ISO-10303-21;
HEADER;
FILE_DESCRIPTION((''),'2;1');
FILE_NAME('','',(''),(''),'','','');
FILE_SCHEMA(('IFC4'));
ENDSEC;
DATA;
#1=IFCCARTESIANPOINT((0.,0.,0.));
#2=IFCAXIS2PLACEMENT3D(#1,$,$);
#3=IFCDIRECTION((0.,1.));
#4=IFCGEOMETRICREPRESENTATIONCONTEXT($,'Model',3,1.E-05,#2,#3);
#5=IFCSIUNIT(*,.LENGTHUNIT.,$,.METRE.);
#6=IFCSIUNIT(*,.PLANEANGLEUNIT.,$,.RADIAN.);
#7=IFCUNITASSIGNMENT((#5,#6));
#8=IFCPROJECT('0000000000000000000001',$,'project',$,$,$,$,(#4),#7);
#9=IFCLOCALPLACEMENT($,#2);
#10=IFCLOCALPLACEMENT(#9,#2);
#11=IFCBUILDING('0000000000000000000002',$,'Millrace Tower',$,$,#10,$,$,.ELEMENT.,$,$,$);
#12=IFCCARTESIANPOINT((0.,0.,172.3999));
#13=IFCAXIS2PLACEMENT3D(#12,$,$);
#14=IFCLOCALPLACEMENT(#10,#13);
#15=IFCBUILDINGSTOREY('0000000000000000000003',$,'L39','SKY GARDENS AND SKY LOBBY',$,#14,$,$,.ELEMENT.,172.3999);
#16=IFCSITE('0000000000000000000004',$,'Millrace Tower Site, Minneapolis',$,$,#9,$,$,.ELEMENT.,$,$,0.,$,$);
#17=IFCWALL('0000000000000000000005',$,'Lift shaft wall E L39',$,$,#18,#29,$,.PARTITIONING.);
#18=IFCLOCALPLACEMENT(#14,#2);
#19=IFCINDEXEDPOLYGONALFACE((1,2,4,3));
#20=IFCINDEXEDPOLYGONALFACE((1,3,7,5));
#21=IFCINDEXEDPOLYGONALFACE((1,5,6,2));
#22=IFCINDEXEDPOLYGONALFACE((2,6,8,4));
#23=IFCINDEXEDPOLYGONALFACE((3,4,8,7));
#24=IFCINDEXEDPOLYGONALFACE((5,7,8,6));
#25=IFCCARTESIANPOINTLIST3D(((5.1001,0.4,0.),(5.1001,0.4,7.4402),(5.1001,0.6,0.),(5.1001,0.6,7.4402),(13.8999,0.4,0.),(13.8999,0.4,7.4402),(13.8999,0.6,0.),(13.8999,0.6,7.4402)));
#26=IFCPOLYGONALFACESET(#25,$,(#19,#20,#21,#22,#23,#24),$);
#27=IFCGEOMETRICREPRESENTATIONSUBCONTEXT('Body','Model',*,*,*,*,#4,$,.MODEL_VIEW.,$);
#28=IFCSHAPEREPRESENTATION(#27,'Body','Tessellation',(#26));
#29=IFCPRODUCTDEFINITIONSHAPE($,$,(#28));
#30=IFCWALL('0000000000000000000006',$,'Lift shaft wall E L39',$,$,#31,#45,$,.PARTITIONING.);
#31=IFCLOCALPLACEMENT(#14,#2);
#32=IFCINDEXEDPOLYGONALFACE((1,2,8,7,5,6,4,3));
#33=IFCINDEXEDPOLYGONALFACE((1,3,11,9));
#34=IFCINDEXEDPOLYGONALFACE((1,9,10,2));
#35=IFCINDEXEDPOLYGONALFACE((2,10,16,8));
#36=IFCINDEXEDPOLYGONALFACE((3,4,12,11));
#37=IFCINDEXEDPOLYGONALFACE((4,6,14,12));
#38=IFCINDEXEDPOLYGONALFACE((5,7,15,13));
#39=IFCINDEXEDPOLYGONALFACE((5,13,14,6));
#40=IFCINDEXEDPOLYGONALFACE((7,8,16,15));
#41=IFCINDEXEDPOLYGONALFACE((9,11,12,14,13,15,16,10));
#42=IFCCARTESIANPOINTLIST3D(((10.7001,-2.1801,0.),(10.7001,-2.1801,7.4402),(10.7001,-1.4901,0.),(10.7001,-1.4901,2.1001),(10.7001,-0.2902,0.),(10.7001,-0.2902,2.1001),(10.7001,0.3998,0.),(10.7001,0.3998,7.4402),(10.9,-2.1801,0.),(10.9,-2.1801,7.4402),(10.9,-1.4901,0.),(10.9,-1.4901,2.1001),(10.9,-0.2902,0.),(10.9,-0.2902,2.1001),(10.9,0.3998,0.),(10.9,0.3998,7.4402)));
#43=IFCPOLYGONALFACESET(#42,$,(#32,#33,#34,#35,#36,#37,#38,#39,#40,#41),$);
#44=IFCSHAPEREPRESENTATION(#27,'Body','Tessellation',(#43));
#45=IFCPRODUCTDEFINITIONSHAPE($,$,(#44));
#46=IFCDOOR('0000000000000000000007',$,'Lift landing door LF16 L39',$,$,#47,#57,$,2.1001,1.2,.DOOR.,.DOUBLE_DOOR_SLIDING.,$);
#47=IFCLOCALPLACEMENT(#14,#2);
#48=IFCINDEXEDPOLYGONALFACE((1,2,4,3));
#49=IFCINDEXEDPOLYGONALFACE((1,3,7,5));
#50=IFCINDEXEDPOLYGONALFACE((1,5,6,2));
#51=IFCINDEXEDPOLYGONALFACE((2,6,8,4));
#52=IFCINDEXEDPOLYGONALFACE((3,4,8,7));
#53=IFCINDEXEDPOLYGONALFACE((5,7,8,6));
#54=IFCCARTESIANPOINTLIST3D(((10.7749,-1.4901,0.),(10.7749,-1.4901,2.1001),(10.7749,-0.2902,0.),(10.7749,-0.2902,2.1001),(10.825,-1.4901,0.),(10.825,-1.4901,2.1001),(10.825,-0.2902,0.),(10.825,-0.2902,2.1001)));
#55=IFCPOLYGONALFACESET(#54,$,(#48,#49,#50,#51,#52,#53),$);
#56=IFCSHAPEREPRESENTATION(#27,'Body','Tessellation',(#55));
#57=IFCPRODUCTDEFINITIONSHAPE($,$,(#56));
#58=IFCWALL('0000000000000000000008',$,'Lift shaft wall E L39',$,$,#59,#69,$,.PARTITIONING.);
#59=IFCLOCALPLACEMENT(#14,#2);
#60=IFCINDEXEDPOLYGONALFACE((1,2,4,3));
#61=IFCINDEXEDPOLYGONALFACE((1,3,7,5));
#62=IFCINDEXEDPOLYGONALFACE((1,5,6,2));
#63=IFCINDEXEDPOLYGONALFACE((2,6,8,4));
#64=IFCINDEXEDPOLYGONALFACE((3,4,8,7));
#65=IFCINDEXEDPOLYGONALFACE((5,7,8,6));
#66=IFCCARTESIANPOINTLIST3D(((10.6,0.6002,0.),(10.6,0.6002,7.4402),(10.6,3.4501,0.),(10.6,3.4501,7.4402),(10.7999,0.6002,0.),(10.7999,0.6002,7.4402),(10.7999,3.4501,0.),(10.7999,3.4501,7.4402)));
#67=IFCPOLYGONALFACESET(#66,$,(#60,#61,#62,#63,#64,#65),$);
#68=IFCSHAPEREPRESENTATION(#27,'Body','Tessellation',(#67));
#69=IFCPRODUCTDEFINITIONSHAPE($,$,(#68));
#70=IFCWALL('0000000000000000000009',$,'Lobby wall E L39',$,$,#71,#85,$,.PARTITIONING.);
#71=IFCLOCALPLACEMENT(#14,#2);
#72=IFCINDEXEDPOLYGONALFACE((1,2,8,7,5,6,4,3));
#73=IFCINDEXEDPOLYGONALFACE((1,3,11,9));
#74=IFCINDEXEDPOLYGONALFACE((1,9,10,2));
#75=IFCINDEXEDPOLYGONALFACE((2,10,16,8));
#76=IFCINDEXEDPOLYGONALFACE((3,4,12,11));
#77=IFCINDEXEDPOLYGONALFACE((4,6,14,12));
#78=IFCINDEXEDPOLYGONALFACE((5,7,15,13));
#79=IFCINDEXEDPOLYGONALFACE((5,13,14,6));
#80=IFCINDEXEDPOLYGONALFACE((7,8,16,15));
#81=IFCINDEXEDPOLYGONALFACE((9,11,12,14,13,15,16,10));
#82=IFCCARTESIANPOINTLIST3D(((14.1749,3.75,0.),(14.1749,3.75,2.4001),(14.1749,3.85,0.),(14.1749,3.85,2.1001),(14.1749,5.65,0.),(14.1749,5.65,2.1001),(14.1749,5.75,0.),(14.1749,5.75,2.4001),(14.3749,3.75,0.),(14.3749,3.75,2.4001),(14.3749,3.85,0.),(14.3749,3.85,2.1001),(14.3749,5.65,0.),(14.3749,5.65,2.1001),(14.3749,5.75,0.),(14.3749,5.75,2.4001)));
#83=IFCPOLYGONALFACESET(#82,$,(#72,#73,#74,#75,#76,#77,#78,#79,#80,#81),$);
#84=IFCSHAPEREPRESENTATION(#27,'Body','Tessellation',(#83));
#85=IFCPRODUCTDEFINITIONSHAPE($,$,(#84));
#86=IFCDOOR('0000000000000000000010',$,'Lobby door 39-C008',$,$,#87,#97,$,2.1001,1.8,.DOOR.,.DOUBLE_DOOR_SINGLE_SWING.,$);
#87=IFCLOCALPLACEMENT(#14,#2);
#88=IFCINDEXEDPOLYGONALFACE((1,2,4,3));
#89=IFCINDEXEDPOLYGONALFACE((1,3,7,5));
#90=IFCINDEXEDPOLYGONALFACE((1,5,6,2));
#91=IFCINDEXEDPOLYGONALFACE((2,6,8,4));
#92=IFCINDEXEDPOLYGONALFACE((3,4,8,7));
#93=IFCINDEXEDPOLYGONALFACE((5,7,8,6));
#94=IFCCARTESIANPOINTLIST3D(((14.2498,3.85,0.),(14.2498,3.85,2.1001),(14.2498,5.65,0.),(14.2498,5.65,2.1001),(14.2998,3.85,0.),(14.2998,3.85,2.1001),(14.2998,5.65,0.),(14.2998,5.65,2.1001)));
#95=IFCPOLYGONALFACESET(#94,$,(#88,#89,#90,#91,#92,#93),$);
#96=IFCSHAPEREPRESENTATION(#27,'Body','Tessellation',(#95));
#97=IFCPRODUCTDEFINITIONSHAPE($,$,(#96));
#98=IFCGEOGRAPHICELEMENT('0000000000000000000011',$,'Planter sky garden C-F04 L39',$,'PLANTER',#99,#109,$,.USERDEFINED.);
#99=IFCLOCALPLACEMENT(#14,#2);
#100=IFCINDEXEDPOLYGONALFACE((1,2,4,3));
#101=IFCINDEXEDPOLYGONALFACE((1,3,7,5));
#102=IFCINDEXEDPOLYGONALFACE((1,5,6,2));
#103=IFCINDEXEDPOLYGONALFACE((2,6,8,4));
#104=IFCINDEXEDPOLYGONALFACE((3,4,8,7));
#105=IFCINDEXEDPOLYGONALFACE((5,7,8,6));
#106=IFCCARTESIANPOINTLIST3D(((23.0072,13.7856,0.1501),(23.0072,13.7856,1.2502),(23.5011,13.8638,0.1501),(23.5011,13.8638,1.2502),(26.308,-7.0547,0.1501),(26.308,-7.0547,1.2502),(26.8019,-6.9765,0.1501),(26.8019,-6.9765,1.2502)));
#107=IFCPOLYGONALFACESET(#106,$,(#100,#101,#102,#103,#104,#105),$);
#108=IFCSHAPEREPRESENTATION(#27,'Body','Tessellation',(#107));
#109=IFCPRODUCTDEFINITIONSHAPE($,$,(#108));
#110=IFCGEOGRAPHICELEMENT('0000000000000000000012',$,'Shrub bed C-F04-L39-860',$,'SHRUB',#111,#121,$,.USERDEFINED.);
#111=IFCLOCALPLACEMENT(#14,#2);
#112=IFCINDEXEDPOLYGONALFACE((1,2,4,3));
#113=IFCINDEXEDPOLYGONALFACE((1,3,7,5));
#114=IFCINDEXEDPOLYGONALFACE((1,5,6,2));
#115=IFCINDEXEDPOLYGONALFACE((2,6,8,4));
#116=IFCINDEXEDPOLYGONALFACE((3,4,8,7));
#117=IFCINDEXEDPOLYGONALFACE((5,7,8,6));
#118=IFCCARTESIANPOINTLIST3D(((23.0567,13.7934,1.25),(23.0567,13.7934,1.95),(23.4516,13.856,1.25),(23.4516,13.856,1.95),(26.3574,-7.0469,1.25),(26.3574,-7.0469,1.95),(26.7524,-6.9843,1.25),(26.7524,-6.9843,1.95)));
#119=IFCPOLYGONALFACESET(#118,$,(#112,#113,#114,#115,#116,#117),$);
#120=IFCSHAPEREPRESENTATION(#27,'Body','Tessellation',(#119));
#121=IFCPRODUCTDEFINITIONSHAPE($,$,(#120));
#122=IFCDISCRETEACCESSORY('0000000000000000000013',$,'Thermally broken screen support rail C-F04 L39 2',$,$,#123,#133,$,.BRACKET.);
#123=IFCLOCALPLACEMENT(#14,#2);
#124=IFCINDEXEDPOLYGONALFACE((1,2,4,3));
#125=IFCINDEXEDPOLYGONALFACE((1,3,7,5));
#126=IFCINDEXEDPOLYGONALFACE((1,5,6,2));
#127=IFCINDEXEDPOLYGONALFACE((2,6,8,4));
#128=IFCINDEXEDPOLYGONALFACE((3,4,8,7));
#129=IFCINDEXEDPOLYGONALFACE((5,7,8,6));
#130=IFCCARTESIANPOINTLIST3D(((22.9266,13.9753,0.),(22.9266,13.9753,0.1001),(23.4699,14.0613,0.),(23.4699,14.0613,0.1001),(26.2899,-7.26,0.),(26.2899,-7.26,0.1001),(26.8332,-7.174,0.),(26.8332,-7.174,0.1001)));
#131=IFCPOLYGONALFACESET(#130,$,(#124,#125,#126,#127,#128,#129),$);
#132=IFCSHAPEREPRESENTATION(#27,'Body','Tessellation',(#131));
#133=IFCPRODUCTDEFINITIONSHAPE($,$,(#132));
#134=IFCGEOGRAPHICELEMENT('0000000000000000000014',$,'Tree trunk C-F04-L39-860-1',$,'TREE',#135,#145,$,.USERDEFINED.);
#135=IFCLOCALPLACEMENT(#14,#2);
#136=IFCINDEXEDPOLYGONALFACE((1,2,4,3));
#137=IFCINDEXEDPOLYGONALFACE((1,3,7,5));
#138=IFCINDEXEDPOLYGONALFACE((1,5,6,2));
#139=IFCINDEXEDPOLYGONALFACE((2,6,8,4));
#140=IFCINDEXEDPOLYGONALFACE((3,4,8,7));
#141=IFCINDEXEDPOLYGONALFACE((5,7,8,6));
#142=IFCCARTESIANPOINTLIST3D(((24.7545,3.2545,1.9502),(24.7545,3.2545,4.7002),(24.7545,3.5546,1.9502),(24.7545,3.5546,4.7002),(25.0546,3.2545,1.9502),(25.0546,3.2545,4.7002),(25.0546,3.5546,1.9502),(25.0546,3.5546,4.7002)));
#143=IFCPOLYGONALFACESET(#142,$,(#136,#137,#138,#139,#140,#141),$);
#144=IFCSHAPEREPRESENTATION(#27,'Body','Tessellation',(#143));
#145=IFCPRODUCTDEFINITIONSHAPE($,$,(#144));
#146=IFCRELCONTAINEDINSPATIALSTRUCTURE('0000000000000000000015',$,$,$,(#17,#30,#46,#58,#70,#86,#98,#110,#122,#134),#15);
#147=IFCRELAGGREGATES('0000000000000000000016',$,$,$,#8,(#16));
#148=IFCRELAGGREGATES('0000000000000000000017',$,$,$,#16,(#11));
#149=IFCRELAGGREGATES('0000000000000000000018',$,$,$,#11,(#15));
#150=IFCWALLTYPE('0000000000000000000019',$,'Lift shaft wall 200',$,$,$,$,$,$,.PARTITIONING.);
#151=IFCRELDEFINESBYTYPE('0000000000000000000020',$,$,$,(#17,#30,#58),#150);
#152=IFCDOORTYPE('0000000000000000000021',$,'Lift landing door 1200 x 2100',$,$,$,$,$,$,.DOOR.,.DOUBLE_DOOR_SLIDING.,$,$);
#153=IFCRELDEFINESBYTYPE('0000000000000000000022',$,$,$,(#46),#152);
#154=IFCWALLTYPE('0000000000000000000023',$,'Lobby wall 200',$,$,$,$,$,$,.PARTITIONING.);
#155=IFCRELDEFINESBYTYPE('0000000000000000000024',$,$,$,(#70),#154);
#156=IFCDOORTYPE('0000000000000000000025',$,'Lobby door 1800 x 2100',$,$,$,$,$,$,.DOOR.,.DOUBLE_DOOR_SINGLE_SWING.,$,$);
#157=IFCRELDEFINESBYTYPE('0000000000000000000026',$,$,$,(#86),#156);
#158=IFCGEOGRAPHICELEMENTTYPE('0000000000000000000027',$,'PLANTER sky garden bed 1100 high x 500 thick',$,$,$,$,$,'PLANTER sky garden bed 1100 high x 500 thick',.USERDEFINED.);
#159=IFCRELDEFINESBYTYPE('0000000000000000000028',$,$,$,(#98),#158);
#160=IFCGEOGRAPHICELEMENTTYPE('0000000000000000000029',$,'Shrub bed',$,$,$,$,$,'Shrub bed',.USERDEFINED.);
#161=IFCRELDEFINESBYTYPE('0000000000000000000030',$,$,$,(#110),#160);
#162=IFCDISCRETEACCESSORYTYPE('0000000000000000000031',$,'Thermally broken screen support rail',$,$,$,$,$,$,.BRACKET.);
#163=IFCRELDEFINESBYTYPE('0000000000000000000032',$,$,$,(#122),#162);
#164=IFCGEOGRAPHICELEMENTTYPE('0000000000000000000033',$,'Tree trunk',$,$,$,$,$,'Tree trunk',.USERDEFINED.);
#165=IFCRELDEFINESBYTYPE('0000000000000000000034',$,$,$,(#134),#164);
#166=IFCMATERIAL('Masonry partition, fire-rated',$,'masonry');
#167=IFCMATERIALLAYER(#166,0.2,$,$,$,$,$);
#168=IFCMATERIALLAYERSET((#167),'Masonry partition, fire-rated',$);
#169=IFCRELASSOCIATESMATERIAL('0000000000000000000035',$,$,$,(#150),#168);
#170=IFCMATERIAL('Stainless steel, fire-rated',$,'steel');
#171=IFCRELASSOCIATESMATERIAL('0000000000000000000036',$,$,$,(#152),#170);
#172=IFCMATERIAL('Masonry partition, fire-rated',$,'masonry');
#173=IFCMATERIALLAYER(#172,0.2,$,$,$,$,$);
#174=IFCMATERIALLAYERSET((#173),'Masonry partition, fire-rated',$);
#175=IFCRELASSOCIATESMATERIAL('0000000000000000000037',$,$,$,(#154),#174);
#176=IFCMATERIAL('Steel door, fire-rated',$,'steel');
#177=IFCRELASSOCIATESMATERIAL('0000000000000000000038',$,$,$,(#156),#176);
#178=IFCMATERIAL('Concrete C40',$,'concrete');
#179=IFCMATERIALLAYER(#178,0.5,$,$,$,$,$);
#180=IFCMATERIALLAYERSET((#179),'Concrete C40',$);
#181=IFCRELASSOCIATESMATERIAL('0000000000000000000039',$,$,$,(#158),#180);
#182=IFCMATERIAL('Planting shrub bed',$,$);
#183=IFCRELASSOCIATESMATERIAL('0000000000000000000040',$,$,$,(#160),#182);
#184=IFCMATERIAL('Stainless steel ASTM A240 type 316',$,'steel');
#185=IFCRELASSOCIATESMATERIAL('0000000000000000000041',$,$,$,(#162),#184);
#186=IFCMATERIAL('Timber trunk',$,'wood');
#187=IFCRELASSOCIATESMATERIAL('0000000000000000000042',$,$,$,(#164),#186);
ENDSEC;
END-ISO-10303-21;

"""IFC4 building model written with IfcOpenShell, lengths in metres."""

from ifc_helpers import new_model, si_unit, direction, frame, frame_2d, origin, origin_2d, place, context, subcontext, project, spatial, rectangle, extrude, material, layer, layer_set, type_object, element, fill, save


model = new_model("IFC4")

# Units and contexts
model_context = context("Model", 3, precision=1e-05, world=origin(), true_north=direction((0.0, 1.0)))
body_context = subcontext(model_context, "Body", "Model", "MODEL_VIEW")
ifc_project = project(units=[si_unit("LENGTHUNIT", "METRE"), si_unit("PLANEANGLEUNIT", "RADIAN")], contexts=[model_context])

# Site, building, storey
site_placement = place(None, origin())
site = spatial("IfcSite", under=ifc_project, at=site_placement, Name="Millrace Tower Site, Minneapolis", CompositionType="ELEMENT", RefElevation=0.0)
building_placement = place(site_placement, origin())
building = spatial("IfcBuilding", under=site, at=building_placement, Name="Millrace Tower", CompositionType="ELEMENT")
storey_placement = place(building_placement, frame((0.0, 0.0, 172.3999)))
storey = spatial("IfcBuildingStorey", under=building, at=storey_placement, Name="L39", Description="SKY GARDENS AND SKY LOBBY", CompositionType="ELEMENT", Elevation=172.3999)

# Shared definitions
ifc_material_1 = material(Name="Masonry partition, fire-rated", Category="masonry")
ifc_layer_1 = layer(ifc_material_1, 0.2)
ifc_layer_set_1 = layer_set([ifc_layer_1], Name="Masonry partition, fire-rated")
wall_type_1 = type_object("IfcWallType", Name="Lift shaft wall 200", PredefinedType="PARTITIONING", material=ifc_layer_set_1)
ifc_material_2 = material(Name="Stainless steel, fire-rated", Category="steel")
door_type_1 = type_object("IfcDoorType", Name="Lift landing door 1200 x 2100", OperationType="DOUBLE_DOOR_SLIDING", PredefinedType="DOOR", material=ifc_material_2)

# Wall
wall_1_placement = place(storey_placement, frame((13.8999, 0.5, 0.0), z_axis=(0.0, 0.0, 1.0), x_axis=(-1.0, 0.0, 0.0)))
element("IfcWall", 1, at=wall_1_placement, inside=storey, type_object=wall_type_1, Name="Lift shaft wall E L39", PredefinedType="PARTITIONING", context=body_context, shape_type="SweptSolid", body=[
    extrude(rectangle(XDim=8.7998, YDim=0.2, at=frame_2d((4.3999, 0.0))), origin(), (0.0, 0.0, 1.0), 7.4402),
])

# Wall, opening, door
wall_2_placement = place(storey_placement, frame((10.8, 0.3999, 0.0), z_axis=(0.0, 0.0, 1.0), x_axis=(0.0, -1.0, 0.0)))
wall_2 = element("IfcWall", 2, at=wall_2_placement, inside=storey, type_object=wall_type_1, Name="Lift shaft wall E L39", PredefinedType="PARTITIONING", context=body_context, shape_type="SweptSolid", body=[
    extrude(rectangle(XDim=2.5798, YDim=0.2, at=frame_2d((1.29, 0.0))), origin(), (0.0, 0.0, 1.0), 7.4402),
])
opening_1_placement = place(wall_2_placement, frame((0.6899, 0.0, 0.0)))
opening_1 = element("IfcOpeningElement", 3, at=opening_1_placement, cuts=wall_2, PredefinedType="OPENING", context=body_context, shape_type="SweptSolid", body=[
    extrude(rectangle(XDim=1.2, YDim=2.1001, at=frame_2d((0.6001, 1.05))), frame((0.0, 0.1099, 0.0), z_axis=(0.0, -1.0, 0.0), x_axis=(1.0, 0.0, 0.0)), (0.0, 0.0, 1.0), 0.22),
])
door_1_placement = place(opening_1_placement, origin())
door_1 = element("IfcDoor", 4, at=door_1_placement, inside=storey, type_object=door_type_1, Name="Lift landing door LF16 L39", OperationType="DOUBLE_DOOR_SLIDING", OverallHeight=2.1001, OverallWidth=1.2, PredefinedType="DOOR", context=body_context, shape_type="SweptSolid", body=[
    extrude(rectangle(XDim=1.2, YDim=2.1001, at=frame_2d((0.6001, 1.05))), frame((0.0, 0.0249, 0.0), z_axis=(0.0, -1.0, 0.0), x_axis=(1.0, 0.0, 0.0)), (0.0, 0.0, 1.0), 0.05),
])
fill(opening_1, door_1)

# Wall
wall_3_placement = place(storey_placement, frame((10.7, 3.45, 0.0), z_axis=(0.0, 0.0, 1.0), x_axis=(0.0, -1.0, 0.0)))
element("IfcWall", 5, at=wall_3_placement, inside=storey, type_object=wall_type_1, Name="Lift shaft wall E L39", PredefinedType="PARTITIONING", context=body_context, shape_type="SweptSolid", body=[
    extrude(rectangle(XDim=2.8499, YDim=0.2, at=frame_2d((1.4248, 0.0))), origin(), (0.0, 0.0, 1.0), 7.4402),
])

# Wall, opening, door
ifc_material_3 = material(Name="Masonry partition, fire-rated", Category="masonry")
ifc_layer_2 = layer(ifc_material_3, 0.2)
ifc_layer_set_2 = layer_set([ifc_layer_2], Name="Masonry partition, fire-rated")
wall_type_2 = type_object("IfcWallType", Name="Lobby wall 200", PredefinedType="PARTITIONING", material=ifc_layer_set_2)
wall_4_placement = place(storey_placement, frame((14.2749, 5.75, 0.0), z_axis=(0.0, 0.0, 1.0), x_axis=(0.0, -1.0, 0.0)))
wall_4 = element("IfcWall", 6, at=wall_4_placement, inside=storey, type_object=wall_type_2, Name="Lobby wall E L39", PredefinedType="PARTITIONING", context=body_context, shape_type="SweptSolid", body=[
    extrude(rectangle(XDim=2.0, YDim=0.2, at=frame_2d((1.0, 0.0))), origin(), (0.0, 0.0, 1.0), 2.4001),
])
opening_2_placement = place(wall_4_placement, frame((0.1001, 0.0, 0.0)))
opening_2 = element("IfcOpeningElement", 7, at=opening_2_placement, cuts=wall_4, PredefinedType="OPENING", context=body_context, shape_type="SweptSolid", body=[
    extrude(rectangle(XDim=1.8, YDim=2.1001, at=frame_2d((0.8999, 1.05))), frame((0.0, 0.1099, 0.0), z_axis=(0.0, -1.0, 0.0), x_axis=(1.0, 0.0, 0.0)), (0.0, 0.0, 1.0), 0.22),
])
ifc_material_4 = material(Name="Steel door, fire-rated", Category="steel")
door_type_2 = type_object("IfcDoorType", Name="Lobby door 1800 x 2100", OperationType="DOUBLE_DOOR_SINGLE_SWING", PredefinedType="DOOR", material=ifc_material_4)
door_2_placement = place(opening_2_placement, origin())
door_2 = element("IfcDoor", 8, at=door_2_placement, inside=storey, type_object=door_type_2, Name="Lobby door 39-C008", OperationType="DOUBLE_DOOR_SINGLE_SWING", OverallHeight=2.1001, OverallWidth=1.8, PredefinedType="DOOR", context=body_context, shape_type="SweptSolid", body=[
    extrude(rectangle(XDim=1.8, YDim=2.1001, at=frame_2d((0.8999, 1.05))), frame((0.0, 0.0249, 0.0), z_axis=(0.0, -1.0, 0.0), x_axis=(1.0, 0.0, 0.0)), (0.0, 0.0, 1.0), 0.05),
])
fill(opening_2, door_2)

# Geographic elements
ifc_material_5 = material(Name="Concrete C40", Category="concrete")
ifc_layer_3 = layer(ifc_material_5, 0.5)
ifc_layer_set_3 = layer_set([ifc_layer_3], Name="Concrete C40")
geographic_element_type_1 = type_object("IfcGeographicElementType", Name="PLANTER sky garden bed 1100 high x 500 thick", ElementType="PLANTER sky garden bed 1100 high x 500 thick", PredefinedType="USERDEFINED", material=ifc_layer_set_3)
geographic_element_1_placement = place(storey_placement, frame((24.9045, 3.4045, 0.1501), z_axis=(0.0, 0.0, 1.0), x_axis=(-0.156434, 0.987688, 0.0)))
element("IfcGeographicElement", 9, at=geographic_element_1_placement, inside=storey, type_object=geographic_element_type_1, Name="Planter sky garden C-F04 L39", ObjectType="PLANTER", PredefinedType="USERDEFINED", context=body_context, shape_type="SweptSolid", body=[
    extrude(rectangle(XDim=21.1001, YDim=0.5, at=origin_2d()), origin(), (0.0, 0.0, 1.0), 1.1001),
])
ifc_material_6 = material(Name="Planting shrub bed")
geographic_element_type_2 = type_object("IfcGeographicElementType", Name="Shrub bed", ElementType="Shrub bed", PredefinedType="USERDEFINED", material=ifc_material_6)
geographic_element_2_placement = place(storey_placement, frame((24.9045, 3.4045, 1.25), z_axis=(0.0, 0.0, 1.0), x_axis=(-0.156434, 0.987688, 0.0)))
element("IfcGeographicElement", 10, at=geographic_element_2_placement, inside=storey, type_object=geographic_element_type_2, Name="Shrub bed C-F04-L39-860", ObjectType="SHRUB", PredefinedType="USERDEFINED", context=body_context, shape_type="SweptSolid", body=[
    extrude(rectangle(XDim=21.1001, YDim=0.3999, at=origin_2d()), origin(), (0.0, 0.0, 1.0), 0.7),
])

# Discrete accessory
ifc_material_7 = material(Name="Stainless steel ASTM A240 type 316", Category="steel")
discrete_accessory_type = type_object("IfcDiscreteAccessoryType", Name="Thermally broken screen support rail", PredefinedType="BRACKET", material=ifc_material_7)
discrete_accessory_placement = place(storey_placement, frame((24.8799, 3.4006, 0.0), z_axis=(0.0, 0.0, 1.0), x_axis=(-0.156434, 0.987688, 0.0)))
element("IfcDiscreteAccessory", 11, at=discrete_accessory_placement, inside=storey, type_object=discrete_accessory_type, Name="Thermally broken screen support rail C-F04 L39 2", PredefinedType="BRACKET", context=body_context, shape_type="SweptSolid", body=[
    extrude(rectangle(XDim=21.5, YDim=0.55, at=origin_2d()), origin(), (0.0, 0.0, 1.0), 0.1001),
])

# Geographic element
ifc_material_8 = material(Name="Timber trunk", Category="wood")
geographic_element_type_3 = type_object("IfcGeographicElementType", Name="Tree trunk", ElementType="Tree trunk", PredefinedType="USERDEFINED", material=ifc_material_8)
geographic_element_3_placement = place(storey_placement, frame((24.9045, 3.4045, 1.9502), z_axis=(0.0, 0.0, 1.0), x_axis=(1.0, 0.0, 0.0)))
element("IfcGeographicElement", 12, at=geographic_element_3_placement, inside=storey, type_object=geographic_element_type_3, Name="Tree trunk C-F04-L39-860-1", ObjectType="TREE", PredefinedType="USERDEFINED", context=body_context, shape_type="SweptSolid", body=[
    extrude(rectangle(XDim=0.3, YDim=0.3, at=origin_2d()), origin(), (0.0, 0.0, 1.0), 2.75),
])

save(model, "model.ifc")
